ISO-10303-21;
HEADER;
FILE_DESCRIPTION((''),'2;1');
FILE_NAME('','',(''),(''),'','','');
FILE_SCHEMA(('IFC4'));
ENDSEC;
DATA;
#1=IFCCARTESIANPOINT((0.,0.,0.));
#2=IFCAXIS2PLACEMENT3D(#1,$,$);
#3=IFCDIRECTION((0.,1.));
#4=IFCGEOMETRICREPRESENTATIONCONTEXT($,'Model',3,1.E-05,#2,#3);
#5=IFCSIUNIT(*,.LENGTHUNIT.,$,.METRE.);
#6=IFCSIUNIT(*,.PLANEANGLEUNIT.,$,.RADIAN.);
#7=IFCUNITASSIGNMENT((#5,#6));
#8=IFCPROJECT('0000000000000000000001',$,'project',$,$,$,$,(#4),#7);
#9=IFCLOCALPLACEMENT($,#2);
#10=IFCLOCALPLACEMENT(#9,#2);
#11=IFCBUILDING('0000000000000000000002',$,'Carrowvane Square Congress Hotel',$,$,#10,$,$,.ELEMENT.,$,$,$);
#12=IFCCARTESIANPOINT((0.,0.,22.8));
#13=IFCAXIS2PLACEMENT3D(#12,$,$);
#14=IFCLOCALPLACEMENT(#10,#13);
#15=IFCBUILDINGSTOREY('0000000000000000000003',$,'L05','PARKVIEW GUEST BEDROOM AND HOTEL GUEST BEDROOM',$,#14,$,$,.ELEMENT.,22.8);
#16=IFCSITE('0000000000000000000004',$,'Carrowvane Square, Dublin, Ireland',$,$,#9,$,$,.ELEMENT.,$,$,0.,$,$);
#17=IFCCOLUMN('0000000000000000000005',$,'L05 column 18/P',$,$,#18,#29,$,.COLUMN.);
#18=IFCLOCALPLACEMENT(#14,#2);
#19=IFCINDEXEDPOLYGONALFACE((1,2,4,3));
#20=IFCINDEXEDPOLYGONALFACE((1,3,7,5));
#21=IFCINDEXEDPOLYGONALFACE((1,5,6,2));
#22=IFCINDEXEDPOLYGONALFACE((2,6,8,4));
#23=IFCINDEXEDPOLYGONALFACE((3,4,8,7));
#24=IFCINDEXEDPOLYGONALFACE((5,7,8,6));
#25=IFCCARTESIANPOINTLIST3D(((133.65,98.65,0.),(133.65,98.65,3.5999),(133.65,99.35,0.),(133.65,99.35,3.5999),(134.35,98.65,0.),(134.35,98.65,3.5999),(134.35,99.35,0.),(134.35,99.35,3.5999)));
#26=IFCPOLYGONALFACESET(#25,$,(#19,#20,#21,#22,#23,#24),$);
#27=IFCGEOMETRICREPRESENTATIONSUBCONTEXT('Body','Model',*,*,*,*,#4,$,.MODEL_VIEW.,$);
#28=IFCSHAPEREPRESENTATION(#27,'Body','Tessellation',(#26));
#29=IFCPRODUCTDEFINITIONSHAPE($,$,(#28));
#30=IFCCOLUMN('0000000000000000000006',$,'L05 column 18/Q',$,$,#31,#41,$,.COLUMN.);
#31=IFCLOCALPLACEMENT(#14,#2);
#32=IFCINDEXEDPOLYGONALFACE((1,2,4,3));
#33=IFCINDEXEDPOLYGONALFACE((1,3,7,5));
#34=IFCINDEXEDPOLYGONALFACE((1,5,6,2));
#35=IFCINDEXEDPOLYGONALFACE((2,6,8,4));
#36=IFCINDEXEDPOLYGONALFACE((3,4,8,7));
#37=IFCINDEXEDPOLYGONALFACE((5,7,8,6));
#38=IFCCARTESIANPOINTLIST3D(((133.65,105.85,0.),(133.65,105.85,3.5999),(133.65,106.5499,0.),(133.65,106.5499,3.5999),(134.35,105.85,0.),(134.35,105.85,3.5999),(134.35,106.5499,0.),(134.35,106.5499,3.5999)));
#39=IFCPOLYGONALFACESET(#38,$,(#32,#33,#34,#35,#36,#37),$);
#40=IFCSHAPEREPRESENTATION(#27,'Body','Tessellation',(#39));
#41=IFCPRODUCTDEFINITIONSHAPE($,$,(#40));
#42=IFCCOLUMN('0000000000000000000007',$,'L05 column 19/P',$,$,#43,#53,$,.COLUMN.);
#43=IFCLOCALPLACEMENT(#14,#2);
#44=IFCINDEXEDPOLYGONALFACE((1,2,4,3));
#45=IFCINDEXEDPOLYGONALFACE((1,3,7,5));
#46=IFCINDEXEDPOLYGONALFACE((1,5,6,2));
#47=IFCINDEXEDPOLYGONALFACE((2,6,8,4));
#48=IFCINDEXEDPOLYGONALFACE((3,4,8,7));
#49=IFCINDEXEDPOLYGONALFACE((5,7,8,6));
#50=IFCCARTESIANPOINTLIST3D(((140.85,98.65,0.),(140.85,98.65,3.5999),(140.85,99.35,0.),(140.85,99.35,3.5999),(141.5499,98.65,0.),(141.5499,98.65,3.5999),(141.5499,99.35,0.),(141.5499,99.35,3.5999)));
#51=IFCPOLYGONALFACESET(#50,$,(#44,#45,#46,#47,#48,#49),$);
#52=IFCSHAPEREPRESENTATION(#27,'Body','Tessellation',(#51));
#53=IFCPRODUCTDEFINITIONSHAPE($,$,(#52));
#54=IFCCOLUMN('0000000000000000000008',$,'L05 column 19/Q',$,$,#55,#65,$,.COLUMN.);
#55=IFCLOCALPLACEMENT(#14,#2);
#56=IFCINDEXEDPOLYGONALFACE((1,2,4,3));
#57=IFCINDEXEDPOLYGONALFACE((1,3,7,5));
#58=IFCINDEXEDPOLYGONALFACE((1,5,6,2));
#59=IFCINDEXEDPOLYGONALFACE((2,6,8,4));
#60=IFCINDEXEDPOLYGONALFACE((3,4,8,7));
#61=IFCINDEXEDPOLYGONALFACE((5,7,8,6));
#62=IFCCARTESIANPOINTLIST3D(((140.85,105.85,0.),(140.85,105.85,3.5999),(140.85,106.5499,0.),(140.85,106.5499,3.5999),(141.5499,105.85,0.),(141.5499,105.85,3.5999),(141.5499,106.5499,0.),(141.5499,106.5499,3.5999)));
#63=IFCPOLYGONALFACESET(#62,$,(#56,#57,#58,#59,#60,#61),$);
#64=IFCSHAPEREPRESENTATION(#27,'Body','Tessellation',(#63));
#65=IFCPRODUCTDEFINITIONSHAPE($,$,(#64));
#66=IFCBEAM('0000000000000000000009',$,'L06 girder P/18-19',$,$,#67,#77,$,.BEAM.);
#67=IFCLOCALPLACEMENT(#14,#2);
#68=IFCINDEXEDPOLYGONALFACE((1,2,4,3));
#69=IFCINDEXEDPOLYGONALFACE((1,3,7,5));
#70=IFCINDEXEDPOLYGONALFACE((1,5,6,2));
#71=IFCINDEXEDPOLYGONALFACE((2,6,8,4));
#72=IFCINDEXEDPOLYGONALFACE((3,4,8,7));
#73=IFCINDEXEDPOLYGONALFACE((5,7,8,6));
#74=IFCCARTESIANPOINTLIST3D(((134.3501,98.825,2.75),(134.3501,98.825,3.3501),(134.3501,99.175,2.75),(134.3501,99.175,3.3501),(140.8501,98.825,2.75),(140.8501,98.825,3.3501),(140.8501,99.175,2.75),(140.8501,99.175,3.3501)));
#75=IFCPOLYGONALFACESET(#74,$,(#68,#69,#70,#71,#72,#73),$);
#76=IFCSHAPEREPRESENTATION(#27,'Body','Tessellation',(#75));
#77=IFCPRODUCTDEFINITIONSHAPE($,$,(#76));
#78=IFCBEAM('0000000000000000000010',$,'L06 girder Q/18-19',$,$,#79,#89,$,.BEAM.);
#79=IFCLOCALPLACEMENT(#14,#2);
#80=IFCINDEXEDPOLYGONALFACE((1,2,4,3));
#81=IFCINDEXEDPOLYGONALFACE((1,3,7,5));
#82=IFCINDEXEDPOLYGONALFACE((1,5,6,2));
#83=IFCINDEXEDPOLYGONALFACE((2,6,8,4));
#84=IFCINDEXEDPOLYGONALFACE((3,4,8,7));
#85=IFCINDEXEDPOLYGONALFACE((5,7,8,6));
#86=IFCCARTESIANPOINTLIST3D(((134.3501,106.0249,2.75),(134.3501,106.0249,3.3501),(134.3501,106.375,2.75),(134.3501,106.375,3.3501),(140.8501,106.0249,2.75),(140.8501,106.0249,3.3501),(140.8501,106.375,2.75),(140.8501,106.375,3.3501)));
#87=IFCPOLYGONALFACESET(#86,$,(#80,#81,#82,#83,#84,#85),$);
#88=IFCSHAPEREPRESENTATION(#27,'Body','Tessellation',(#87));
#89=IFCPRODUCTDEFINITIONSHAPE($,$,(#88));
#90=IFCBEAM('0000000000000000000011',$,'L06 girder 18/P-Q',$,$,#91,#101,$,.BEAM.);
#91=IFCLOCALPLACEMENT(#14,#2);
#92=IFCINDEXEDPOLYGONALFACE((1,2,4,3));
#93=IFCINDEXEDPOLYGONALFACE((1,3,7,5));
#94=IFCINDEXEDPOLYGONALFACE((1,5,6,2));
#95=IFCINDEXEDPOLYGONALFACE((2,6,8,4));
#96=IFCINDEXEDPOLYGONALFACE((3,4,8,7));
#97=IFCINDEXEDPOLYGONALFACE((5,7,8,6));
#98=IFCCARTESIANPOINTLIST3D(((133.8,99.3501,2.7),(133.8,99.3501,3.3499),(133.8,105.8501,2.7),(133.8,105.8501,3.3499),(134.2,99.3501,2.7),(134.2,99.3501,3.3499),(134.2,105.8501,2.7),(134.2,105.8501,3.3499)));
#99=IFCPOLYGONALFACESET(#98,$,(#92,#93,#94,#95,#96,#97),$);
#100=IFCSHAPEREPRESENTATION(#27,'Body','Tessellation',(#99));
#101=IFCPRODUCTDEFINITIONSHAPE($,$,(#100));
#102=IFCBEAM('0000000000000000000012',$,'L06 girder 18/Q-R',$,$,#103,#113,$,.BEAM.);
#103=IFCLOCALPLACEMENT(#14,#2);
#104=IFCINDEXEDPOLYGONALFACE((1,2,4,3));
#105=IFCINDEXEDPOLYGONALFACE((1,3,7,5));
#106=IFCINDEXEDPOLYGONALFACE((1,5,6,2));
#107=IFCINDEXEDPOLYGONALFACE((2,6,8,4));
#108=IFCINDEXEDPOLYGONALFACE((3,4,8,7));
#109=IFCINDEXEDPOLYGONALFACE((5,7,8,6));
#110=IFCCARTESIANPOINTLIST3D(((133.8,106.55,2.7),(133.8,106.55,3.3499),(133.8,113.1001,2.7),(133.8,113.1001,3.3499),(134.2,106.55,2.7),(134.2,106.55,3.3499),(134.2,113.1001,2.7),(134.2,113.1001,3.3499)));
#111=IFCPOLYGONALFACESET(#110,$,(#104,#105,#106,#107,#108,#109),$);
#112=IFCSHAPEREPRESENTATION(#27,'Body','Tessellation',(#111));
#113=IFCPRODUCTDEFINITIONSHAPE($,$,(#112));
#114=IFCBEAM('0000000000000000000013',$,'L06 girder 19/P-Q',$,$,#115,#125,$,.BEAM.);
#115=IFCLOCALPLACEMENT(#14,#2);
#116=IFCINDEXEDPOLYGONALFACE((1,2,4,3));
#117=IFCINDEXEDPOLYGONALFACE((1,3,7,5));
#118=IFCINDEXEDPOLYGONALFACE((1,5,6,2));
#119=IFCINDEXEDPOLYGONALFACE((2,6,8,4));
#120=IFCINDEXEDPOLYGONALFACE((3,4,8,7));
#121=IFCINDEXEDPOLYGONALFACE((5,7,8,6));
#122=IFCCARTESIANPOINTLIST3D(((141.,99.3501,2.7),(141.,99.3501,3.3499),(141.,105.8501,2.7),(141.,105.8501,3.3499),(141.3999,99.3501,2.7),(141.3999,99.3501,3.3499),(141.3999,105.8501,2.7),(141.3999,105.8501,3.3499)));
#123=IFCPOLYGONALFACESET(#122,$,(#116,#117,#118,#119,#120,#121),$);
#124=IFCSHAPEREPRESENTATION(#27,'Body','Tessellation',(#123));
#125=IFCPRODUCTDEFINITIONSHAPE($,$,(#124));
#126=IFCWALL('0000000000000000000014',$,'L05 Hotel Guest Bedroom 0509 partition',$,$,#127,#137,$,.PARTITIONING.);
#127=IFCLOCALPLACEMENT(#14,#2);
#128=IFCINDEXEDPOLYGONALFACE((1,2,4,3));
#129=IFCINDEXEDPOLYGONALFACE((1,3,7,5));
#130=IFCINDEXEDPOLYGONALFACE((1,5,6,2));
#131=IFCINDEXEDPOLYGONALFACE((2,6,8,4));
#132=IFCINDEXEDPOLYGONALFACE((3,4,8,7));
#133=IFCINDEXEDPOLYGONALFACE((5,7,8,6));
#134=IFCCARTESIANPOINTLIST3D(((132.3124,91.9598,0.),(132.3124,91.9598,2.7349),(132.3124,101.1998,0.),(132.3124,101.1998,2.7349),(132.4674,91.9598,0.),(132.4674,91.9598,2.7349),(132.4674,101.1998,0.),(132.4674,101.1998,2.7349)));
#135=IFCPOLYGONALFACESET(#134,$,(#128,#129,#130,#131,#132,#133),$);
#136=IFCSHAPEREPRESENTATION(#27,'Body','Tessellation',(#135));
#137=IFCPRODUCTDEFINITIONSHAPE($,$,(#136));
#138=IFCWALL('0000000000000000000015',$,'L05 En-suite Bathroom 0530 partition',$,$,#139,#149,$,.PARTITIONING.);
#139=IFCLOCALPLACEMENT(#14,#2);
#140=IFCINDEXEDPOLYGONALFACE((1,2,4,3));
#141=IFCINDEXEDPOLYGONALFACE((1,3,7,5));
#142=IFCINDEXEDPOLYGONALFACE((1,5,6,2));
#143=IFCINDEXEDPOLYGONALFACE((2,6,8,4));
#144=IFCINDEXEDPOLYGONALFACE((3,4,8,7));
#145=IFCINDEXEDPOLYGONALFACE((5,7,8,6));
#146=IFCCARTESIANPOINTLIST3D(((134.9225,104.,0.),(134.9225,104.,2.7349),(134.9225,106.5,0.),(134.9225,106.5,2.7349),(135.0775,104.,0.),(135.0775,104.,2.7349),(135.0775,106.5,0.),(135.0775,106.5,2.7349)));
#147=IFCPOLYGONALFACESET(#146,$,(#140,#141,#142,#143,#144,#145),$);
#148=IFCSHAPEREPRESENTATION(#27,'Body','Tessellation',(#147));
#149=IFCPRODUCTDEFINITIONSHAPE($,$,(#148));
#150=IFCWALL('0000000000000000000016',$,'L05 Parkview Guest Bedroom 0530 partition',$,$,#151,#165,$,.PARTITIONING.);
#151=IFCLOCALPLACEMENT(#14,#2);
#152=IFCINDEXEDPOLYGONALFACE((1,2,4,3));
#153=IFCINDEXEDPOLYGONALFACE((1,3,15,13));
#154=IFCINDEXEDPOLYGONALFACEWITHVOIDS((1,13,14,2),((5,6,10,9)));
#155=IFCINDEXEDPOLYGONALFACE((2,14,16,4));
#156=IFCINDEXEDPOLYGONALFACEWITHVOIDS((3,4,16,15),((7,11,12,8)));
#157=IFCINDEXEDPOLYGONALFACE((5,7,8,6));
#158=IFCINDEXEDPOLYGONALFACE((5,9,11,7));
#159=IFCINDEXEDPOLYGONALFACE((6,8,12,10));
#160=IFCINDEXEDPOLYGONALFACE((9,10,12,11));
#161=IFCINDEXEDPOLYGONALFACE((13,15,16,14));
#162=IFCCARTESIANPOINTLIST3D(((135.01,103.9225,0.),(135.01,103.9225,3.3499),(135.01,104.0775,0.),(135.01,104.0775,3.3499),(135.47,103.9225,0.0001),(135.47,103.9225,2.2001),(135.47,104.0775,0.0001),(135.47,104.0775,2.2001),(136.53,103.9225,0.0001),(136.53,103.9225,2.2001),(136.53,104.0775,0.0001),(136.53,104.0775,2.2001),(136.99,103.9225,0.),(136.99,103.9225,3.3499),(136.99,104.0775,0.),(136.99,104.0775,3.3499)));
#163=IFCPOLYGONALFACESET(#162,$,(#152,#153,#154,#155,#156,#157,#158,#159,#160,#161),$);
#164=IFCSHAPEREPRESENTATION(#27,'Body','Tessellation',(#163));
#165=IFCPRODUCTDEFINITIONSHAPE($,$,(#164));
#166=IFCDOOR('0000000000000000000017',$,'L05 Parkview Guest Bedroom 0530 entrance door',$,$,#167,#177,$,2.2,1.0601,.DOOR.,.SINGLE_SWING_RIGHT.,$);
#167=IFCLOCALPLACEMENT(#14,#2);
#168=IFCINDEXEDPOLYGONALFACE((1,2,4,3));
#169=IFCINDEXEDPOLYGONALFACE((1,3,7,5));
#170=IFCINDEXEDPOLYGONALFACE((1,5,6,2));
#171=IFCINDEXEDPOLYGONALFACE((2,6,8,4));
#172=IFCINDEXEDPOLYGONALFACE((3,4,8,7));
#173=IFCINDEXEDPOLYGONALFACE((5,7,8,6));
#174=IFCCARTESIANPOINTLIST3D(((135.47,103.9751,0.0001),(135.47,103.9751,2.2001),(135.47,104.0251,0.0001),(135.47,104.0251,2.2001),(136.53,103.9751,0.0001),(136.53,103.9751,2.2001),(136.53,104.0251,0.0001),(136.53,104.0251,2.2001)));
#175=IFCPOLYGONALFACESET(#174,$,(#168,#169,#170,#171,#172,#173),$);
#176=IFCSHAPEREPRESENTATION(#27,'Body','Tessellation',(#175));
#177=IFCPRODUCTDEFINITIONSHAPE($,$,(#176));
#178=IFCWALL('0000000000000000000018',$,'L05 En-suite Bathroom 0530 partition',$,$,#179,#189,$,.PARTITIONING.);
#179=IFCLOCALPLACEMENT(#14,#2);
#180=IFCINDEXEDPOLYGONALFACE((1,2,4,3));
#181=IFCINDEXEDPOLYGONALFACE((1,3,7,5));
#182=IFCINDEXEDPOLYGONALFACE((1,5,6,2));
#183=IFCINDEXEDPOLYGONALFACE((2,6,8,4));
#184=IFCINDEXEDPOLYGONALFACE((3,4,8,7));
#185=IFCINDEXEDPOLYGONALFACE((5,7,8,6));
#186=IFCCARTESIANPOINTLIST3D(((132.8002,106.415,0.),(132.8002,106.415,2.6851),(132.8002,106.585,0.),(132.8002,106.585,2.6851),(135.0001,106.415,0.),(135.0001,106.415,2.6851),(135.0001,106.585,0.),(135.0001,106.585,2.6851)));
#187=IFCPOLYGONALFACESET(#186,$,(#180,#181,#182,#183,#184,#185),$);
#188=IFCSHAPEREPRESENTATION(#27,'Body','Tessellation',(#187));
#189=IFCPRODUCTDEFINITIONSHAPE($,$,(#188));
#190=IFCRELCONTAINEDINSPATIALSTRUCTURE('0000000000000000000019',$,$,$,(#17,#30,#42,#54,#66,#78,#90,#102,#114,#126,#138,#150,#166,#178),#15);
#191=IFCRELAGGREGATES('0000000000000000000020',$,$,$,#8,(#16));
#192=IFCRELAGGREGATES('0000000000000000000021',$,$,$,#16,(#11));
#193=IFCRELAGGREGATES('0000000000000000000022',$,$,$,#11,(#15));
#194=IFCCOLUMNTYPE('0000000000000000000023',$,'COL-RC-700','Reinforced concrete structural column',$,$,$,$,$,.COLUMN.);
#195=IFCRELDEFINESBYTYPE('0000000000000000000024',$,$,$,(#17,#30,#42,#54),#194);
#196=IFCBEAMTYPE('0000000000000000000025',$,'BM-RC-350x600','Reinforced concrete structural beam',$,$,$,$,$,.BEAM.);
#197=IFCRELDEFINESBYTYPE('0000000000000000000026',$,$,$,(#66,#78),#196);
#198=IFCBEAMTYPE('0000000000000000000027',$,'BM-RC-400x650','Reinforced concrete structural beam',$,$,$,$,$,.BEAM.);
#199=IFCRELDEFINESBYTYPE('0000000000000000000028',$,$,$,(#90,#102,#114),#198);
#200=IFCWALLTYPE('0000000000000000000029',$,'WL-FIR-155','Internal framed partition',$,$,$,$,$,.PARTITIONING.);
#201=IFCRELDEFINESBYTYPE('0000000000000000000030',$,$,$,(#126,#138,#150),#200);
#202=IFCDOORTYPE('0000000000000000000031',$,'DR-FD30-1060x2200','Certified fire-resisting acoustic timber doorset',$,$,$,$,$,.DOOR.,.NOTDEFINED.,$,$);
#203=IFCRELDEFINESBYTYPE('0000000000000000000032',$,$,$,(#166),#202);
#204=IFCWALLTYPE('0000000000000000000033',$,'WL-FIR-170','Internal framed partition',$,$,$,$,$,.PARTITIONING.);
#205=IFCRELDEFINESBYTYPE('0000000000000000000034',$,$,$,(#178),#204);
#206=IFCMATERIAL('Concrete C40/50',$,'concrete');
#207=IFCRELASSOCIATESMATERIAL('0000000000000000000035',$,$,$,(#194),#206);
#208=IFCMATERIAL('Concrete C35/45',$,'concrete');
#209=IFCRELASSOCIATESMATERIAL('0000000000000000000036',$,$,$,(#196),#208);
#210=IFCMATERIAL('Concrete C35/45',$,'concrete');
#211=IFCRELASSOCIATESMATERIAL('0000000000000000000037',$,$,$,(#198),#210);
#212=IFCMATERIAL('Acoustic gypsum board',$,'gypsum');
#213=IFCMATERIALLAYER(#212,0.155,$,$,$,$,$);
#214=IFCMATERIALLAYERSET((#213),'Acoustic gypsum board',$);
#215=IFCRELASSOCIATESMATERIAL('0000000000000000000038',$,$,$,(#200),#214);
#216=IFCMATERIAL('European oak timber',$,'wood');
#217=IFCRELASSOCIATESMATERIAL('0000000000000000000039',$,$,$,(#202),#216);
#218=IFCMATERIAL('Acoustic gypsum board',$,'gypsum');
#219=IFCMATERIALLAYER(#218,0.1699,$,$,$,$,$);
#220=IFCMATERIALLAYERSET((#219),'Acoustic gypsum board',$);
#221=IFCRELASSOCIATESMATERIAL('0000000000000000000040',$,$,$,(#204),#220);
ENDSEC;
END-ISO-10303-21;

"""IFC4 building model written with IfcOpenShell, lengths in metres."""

from ifc_helpers import new_model, si_unit, direction, frame, frame_2d, origin, origin_2d, place, context, subcontext, project, spatial, rectangle, extrude, material, layer, layer_set, material_profile, profile_set, type_object, element, fill, save


model = new_model("IFC4")

# Units and contexts
model_context = context("Model", 3, precision=1e-05, world=origin(), true_north=direction((0.0, 1.0)))
body_context = subcontext(model_context, "Body", "Model", "MODEL_VIEW")
ifc_project = project(units=[si_unit("LENGTHUNIT", "METRE"), si_unit("PLANEANGLEUNIT", "RADIAN")], contexts=[model_context])

# Site, building, storey
site_placement = place(None, origin())
site = spatial("IfcSite", under=ifc_project, at=site_placement, Name="Carrowvane Square, Dublin, Ireland", CompositionType="ELEMENT", RefElevation=0.0)
building_placement = place(site_placement, origin())
building = spatial("IfcBuilding", under=site, at=building_placement, Name="Carrowvane Square Congress Hotel", CompositionType="ELEMENT")
storey_placement = place(building_placement, frame((0.0, 0.0, 22.8)))
storey = spatial("IfcBuildingStorey", under=building, at=storey_placement, Name="L05", Description="PARKVIEW GUEST BEDROOM AND HOTEL GUEST BEDROOM", CompositionType="ELEMENT", Elevation=22.8)

# Columns
ifc_material_1 = material(Name="Concrete C40/50", Category="concrete")
ifc_material_profile_1 = material_profile(ifc_material_1, rectangle(XDim=0.7, YDim=0.7, at=origin_2d()), Name="RC 700x700")
ifc_profile_set_1 = profile_set([ifc_material_profile_1], Name="Concrete C40/50")
column_type = type_object("IfcColumnType", Name="COL-RC-700", Description="Reinforced concrete structural column", PredefinedType="COLUMN", material=ifc_profile_set_1)
for number, where, z_axis, x_axis, name in (
    (1, (134.0, 99.0, 0.0), (0.0, 0.0, 1.0), (1.0, 0.0, 0.0), "L05 column 18/P"),
    (2, (134.0, 106.2, 0.0), (0.0, 0.0, 1.0), (1.0, 0.0, 0.0), "L05 column 18/Q"),
    (3, (141.2, 99.0, 0.0), (0.0, 0.0, 1.0), (1.0, 0.0, 0.0), "L05 column 19/P"),
    (4, (141.2, 106.2, 0.0), (0.0, 0.0, 1.0), (1.0, 0.0, 0.0), "L05 column 19/Q"),
):
    element("IfcColumn", number, at=place(storey_placement, frame(where, z_axis=z_axis, x_axis=x_axis)), inside=storey, type_object=column_type, Name=name, PredefinedType="COLUMN", context=body_context, shape_type="SweptSolid", body=[
        extrude(rectangle(XDim=0.7, YDim=0.7, at=origin_2d()), origin(), (0.0, 0.0, 1.0), 3.5999),
    ])

# Beams
ifc_material_2 = material(Name="Concrete C35/45", Category="concrete")
ifc_material_profile_2 = material_profile(ifc_material_2, rectangle(XDim=0.3501, YDim=0.6001, at=origin_2d()), Name="RC 350x600")
ifc_profile_set_2 = profile_set([ifc_material_profile_2], Name="Concrete C35/45")
beam_type_1 = type_object("IfcBeamType", Name="BM-RC-350x600", Description="Reinforced concrete structural beam", PredefinedType="BEAM", material=ifc_profile_set_2)
for number, where, z_axis, x_axis, name in (
    (5, (134.3501, 99.0, 3.05), (1.0, 0.0, 0.0), (0.0, 1.0, 0.0), "L06 girder P/18-19"),
    (6, (134.3501, 106.2, 3.05), (1.0, 0.0, 0.0), (0.0, 1.0, 0.0), "L06 girder Q/18-19"),
):
    element("IfcBeam", number, at=place(storey_placement, frame(where, z_axis=z_axis, x_axis=x_axis)), inside=storey, type_object=beam_type_1, Name=name, PredefinedType="BEAM", context=body_context, shape_type="SweptSolid", body=[
        extrude(rectangle(XDim=0.3501, YDim=0.6001, at=origin_2d()), origin(), (0.0, 0.0, 1.0), 6.5),
    ])
ifc_material_3 = material(Name="Concrete C35/45", Category="concrete")
ifc_material_profile_3 = material_profile(ifc_material_3, rectangle(XDim=0.3999, YDim=0.6499, at=origin_2d()), Name="RC 400x650")
ifc_profile_set_3 = profile_set([ifc_material_profile_3], Name="Concrete C35/45")
beam_type_2 = type_object("IfcBeamType", Name="BM-RC-400x650", Description="Reinforced concrete structural beam", PredefinedType="BEAM", material=ifc_profile_set_3)
beam_1_placement = place(storey_placement, frame((134.0, 99.3501, 3.0249), z_axis=(0.0, 1.0, 0.0), x_axis=(-1.0, 0.0, 0.0)))
element("IfcBeam", 7, at=beam_1_placement, inside=storey, type_object=beam_type_2, Name="L06 girder 18/P-Q", PredefinedType="BEAM", context=body_context, shape_type="SweptSolid", body=[
    extrude(rectangle(XDim=0.3999, YDim=0.6499, at=origin_2d()), origin(), (0.0, 0.0, 1.0), 6.5),
])
beam_2_placement = place(storey_placement, frame((134.0, 106.55, 3.0249), z_axis=(0.0, 1.0, 0.0), x_axis=(-1.0, 0.0, 0.0)))
element("IfcBeam", 8, at=beam_2_placement, inside=storey, type_object=beam_type_2, Name="L06 girder 18/Q-R", PredefinedType="BEAM", context=body_context, shape_type="SweptSolid", body=[
    extrude(rectangle(XDim=0.3999, YDim=0.6499, at=origin_2d()), origin(), (0.0, 0.0, 1.0), 6.55),
])
beam_3_placement = place(storey_placement, frame((141.2, 99.3501, 3.0249), z_axis=(0.0, 1.0, 0.0), x_axis=(-1.0, 0.0, 0.0)))
element("IfcBeam", 9, at=beam_3_placement, inside=storey, type_object=beam_type_2, Name="L06 girder 19/P-Q", PredefinedType="BEAM", context=body_context, shape_type="SweptSolid", body=[
    extrude(rectangle(XDim=0.3999, YDim=0.6499, at=origin_2d()), origin(), (0.0, 0.0, 1.0), 6.5),
])

# Walls
ifc_material_4 = material(Name="Acoustic gypsum board", Category="gypsum")
ifc_layer_1 = layer(ifc_material_4, 0.155)
ifc_layer_set_1 = layer_set([ifc_layer_1], Name="Acoustic gypsum board")
wall_type_1 = type_object("IfcWallType", Name="WL-FIR-155", Description="Internal framed partition", PredefinedType="PARTITIONING", material=ifc_layer_set_1)
wall_1_placement = place(storey_placement, frame((132.3899, 101.2, 0.0), z_axis=(0.0, 0.0, 1.0), x_axis=(0.0, -1.0, 0.0)))
element("IfcWall", 10, at=wall_1_placement, inside=storey, type_object=wall_type_1, Name="L05 Hotel Guest Bedroom 0509 partition", PredefinedType="PARTITIONING", context=body_context, shape_type="SweptSolid", body=[
    extrude(rectangle(XDim=9.24, YDim=0.155, at=frame_2d((4.6201, 0.0))), origin(), (0.0, 0.0, 1.0), 2.7349),
])
wall_2_placement = place(storey_placement, frame((135.0, 106.5, 0.0), z_axis=(0.0, 0.0, 1.0), x_axis=(0.0, -1.0, 0.0)))
element("IfcWall", 11, at=wall_2_placement, inside=storey, type_object=wall_type_1, Name="L05 En-suite Bathroom 0530 partition", PredefinedType="PARTITIONING", context=body_context, shape_type="SweptSolid", body=[
    extrude(rectangle(XDim=2.5, YDim=0.155, at=frame_2d((1.25, 0.0))), origin(), (0.0, 0.0, 1.0), 2.7349),
])

# Wall, opening, door
wall_3_placement = place(storey_placement, frame((136.99, 104.0, 0.0), z_axis=(0.0, 0.0, 1.0), x_axis=(-1.0, 0.0, 0.0)))
wall_3 = element("IfcWall", 12, at=wall_3_placement, inside=storey, type_object=wall_type_1, Name="L05 Parkview Guest Bedroom 0530 partition", PredefinedType="PARTITIONING", context=body_context, shape_type="SweptSolid", body=[
    extrude(rectangle(XDim=1.98, YDim=0.155, at=frame_2d((0.99, 0.0))), origin(), (0.0, 0.0, 1.0), 3.3499),
])
opening_1_placement = place(wall_3_placement, frame((0.46, 0.0, 0.0)))
opening_1 = element("IfcOpeningElement", 13, at=opening_1_placement, cuts=wall_3, PredefinedType="OPENING", context=body_context, shape_type="SweptSolid", body=[
    extrude(rectangle(XDim=1.0601, YDim=2.2, at=frame_2d((0.53, 1.1001))), frame((0.0, 0.0874, 0.0), z_axis=(0.0, -1.0, 0.0), x_axis=(1.0, 0.0, 0.0)), (0.0, 0.0, 1.0), 0.175),
])
ifc_material_5 = material(Name="European oak timber", Category="wood")
door_type_1 = type_object("IfcDoorType", Name="DR-FD30-1060x2200", Description="Certified fire-resisting acoustic timber doorset", OperationType="NOTDEFINED", PredefinedType="DOOR", material=ifc_material_5)
door_1_placement = place(opening_1_placement, origin())
door_1 = element("IfcDoor", 14, at=door_1_placement, inside=storey, type_object=door_type_1, Name="L05 Parkview Guest Bedroom 0530 entrance door", OperationType="SINGLE_SWING_RIGHT", OverallHeight=2.2, OverallWidth=1.0601, PredefinedType="DOOR", context=body_context, shape_type="SweptSolid", body=[
    extrude(rectangle(XDim=1.0601, YDim=2.2, at=frame_2d((0.53, 1.1001))), frame((0.0, 0.0249, 0.0), z_axis=(0.0, -1.0, 0.0), x_axis=(1.0, 0.0, 0.0)), (0.0, 0.0, 1.0), 0.05),
])
fill(opening_1, door_1)
ifc_material_6 = material(Name="Acoustic gypsum board", Category="gypsum")
ifc_layer_2 = layer(ifc_material_6, 0.1699)
ifc_layer_set_2 = layer_set([ifc_layer_2], Name="Acoustic gypsum board")
wall_type_2 = type_object("IfcWallType", Name="WL-FIR-170", Description="Internal framed partition", PredefinedType="PARTITIONING", material=ifc_layer_set_2)

# Wall
wall_4_placement = place(storey_placement, frame((132.8, 106.5, 0.0), z_axis=(0.0, 0.0, 1.0), x_axis=(1.0, 0.0, 0.0)))
element("IfcWall", 15, at=wall_4_placement, inside=storey, type_object=wall_type_2, Name="L05 En-suite Bathroom 0530 partition", PredefinedType="PARTITIONING", context=body_context, shape_type="SweptSolid", body=[
    extrude(rectangle(XDim=2.2, YDim=0.1699, at=frame_2d((1.1001, 0.0))), origin(), (0.0, 0.0, 1.0), 2.6851),
])

save(model, "model.ifc")
